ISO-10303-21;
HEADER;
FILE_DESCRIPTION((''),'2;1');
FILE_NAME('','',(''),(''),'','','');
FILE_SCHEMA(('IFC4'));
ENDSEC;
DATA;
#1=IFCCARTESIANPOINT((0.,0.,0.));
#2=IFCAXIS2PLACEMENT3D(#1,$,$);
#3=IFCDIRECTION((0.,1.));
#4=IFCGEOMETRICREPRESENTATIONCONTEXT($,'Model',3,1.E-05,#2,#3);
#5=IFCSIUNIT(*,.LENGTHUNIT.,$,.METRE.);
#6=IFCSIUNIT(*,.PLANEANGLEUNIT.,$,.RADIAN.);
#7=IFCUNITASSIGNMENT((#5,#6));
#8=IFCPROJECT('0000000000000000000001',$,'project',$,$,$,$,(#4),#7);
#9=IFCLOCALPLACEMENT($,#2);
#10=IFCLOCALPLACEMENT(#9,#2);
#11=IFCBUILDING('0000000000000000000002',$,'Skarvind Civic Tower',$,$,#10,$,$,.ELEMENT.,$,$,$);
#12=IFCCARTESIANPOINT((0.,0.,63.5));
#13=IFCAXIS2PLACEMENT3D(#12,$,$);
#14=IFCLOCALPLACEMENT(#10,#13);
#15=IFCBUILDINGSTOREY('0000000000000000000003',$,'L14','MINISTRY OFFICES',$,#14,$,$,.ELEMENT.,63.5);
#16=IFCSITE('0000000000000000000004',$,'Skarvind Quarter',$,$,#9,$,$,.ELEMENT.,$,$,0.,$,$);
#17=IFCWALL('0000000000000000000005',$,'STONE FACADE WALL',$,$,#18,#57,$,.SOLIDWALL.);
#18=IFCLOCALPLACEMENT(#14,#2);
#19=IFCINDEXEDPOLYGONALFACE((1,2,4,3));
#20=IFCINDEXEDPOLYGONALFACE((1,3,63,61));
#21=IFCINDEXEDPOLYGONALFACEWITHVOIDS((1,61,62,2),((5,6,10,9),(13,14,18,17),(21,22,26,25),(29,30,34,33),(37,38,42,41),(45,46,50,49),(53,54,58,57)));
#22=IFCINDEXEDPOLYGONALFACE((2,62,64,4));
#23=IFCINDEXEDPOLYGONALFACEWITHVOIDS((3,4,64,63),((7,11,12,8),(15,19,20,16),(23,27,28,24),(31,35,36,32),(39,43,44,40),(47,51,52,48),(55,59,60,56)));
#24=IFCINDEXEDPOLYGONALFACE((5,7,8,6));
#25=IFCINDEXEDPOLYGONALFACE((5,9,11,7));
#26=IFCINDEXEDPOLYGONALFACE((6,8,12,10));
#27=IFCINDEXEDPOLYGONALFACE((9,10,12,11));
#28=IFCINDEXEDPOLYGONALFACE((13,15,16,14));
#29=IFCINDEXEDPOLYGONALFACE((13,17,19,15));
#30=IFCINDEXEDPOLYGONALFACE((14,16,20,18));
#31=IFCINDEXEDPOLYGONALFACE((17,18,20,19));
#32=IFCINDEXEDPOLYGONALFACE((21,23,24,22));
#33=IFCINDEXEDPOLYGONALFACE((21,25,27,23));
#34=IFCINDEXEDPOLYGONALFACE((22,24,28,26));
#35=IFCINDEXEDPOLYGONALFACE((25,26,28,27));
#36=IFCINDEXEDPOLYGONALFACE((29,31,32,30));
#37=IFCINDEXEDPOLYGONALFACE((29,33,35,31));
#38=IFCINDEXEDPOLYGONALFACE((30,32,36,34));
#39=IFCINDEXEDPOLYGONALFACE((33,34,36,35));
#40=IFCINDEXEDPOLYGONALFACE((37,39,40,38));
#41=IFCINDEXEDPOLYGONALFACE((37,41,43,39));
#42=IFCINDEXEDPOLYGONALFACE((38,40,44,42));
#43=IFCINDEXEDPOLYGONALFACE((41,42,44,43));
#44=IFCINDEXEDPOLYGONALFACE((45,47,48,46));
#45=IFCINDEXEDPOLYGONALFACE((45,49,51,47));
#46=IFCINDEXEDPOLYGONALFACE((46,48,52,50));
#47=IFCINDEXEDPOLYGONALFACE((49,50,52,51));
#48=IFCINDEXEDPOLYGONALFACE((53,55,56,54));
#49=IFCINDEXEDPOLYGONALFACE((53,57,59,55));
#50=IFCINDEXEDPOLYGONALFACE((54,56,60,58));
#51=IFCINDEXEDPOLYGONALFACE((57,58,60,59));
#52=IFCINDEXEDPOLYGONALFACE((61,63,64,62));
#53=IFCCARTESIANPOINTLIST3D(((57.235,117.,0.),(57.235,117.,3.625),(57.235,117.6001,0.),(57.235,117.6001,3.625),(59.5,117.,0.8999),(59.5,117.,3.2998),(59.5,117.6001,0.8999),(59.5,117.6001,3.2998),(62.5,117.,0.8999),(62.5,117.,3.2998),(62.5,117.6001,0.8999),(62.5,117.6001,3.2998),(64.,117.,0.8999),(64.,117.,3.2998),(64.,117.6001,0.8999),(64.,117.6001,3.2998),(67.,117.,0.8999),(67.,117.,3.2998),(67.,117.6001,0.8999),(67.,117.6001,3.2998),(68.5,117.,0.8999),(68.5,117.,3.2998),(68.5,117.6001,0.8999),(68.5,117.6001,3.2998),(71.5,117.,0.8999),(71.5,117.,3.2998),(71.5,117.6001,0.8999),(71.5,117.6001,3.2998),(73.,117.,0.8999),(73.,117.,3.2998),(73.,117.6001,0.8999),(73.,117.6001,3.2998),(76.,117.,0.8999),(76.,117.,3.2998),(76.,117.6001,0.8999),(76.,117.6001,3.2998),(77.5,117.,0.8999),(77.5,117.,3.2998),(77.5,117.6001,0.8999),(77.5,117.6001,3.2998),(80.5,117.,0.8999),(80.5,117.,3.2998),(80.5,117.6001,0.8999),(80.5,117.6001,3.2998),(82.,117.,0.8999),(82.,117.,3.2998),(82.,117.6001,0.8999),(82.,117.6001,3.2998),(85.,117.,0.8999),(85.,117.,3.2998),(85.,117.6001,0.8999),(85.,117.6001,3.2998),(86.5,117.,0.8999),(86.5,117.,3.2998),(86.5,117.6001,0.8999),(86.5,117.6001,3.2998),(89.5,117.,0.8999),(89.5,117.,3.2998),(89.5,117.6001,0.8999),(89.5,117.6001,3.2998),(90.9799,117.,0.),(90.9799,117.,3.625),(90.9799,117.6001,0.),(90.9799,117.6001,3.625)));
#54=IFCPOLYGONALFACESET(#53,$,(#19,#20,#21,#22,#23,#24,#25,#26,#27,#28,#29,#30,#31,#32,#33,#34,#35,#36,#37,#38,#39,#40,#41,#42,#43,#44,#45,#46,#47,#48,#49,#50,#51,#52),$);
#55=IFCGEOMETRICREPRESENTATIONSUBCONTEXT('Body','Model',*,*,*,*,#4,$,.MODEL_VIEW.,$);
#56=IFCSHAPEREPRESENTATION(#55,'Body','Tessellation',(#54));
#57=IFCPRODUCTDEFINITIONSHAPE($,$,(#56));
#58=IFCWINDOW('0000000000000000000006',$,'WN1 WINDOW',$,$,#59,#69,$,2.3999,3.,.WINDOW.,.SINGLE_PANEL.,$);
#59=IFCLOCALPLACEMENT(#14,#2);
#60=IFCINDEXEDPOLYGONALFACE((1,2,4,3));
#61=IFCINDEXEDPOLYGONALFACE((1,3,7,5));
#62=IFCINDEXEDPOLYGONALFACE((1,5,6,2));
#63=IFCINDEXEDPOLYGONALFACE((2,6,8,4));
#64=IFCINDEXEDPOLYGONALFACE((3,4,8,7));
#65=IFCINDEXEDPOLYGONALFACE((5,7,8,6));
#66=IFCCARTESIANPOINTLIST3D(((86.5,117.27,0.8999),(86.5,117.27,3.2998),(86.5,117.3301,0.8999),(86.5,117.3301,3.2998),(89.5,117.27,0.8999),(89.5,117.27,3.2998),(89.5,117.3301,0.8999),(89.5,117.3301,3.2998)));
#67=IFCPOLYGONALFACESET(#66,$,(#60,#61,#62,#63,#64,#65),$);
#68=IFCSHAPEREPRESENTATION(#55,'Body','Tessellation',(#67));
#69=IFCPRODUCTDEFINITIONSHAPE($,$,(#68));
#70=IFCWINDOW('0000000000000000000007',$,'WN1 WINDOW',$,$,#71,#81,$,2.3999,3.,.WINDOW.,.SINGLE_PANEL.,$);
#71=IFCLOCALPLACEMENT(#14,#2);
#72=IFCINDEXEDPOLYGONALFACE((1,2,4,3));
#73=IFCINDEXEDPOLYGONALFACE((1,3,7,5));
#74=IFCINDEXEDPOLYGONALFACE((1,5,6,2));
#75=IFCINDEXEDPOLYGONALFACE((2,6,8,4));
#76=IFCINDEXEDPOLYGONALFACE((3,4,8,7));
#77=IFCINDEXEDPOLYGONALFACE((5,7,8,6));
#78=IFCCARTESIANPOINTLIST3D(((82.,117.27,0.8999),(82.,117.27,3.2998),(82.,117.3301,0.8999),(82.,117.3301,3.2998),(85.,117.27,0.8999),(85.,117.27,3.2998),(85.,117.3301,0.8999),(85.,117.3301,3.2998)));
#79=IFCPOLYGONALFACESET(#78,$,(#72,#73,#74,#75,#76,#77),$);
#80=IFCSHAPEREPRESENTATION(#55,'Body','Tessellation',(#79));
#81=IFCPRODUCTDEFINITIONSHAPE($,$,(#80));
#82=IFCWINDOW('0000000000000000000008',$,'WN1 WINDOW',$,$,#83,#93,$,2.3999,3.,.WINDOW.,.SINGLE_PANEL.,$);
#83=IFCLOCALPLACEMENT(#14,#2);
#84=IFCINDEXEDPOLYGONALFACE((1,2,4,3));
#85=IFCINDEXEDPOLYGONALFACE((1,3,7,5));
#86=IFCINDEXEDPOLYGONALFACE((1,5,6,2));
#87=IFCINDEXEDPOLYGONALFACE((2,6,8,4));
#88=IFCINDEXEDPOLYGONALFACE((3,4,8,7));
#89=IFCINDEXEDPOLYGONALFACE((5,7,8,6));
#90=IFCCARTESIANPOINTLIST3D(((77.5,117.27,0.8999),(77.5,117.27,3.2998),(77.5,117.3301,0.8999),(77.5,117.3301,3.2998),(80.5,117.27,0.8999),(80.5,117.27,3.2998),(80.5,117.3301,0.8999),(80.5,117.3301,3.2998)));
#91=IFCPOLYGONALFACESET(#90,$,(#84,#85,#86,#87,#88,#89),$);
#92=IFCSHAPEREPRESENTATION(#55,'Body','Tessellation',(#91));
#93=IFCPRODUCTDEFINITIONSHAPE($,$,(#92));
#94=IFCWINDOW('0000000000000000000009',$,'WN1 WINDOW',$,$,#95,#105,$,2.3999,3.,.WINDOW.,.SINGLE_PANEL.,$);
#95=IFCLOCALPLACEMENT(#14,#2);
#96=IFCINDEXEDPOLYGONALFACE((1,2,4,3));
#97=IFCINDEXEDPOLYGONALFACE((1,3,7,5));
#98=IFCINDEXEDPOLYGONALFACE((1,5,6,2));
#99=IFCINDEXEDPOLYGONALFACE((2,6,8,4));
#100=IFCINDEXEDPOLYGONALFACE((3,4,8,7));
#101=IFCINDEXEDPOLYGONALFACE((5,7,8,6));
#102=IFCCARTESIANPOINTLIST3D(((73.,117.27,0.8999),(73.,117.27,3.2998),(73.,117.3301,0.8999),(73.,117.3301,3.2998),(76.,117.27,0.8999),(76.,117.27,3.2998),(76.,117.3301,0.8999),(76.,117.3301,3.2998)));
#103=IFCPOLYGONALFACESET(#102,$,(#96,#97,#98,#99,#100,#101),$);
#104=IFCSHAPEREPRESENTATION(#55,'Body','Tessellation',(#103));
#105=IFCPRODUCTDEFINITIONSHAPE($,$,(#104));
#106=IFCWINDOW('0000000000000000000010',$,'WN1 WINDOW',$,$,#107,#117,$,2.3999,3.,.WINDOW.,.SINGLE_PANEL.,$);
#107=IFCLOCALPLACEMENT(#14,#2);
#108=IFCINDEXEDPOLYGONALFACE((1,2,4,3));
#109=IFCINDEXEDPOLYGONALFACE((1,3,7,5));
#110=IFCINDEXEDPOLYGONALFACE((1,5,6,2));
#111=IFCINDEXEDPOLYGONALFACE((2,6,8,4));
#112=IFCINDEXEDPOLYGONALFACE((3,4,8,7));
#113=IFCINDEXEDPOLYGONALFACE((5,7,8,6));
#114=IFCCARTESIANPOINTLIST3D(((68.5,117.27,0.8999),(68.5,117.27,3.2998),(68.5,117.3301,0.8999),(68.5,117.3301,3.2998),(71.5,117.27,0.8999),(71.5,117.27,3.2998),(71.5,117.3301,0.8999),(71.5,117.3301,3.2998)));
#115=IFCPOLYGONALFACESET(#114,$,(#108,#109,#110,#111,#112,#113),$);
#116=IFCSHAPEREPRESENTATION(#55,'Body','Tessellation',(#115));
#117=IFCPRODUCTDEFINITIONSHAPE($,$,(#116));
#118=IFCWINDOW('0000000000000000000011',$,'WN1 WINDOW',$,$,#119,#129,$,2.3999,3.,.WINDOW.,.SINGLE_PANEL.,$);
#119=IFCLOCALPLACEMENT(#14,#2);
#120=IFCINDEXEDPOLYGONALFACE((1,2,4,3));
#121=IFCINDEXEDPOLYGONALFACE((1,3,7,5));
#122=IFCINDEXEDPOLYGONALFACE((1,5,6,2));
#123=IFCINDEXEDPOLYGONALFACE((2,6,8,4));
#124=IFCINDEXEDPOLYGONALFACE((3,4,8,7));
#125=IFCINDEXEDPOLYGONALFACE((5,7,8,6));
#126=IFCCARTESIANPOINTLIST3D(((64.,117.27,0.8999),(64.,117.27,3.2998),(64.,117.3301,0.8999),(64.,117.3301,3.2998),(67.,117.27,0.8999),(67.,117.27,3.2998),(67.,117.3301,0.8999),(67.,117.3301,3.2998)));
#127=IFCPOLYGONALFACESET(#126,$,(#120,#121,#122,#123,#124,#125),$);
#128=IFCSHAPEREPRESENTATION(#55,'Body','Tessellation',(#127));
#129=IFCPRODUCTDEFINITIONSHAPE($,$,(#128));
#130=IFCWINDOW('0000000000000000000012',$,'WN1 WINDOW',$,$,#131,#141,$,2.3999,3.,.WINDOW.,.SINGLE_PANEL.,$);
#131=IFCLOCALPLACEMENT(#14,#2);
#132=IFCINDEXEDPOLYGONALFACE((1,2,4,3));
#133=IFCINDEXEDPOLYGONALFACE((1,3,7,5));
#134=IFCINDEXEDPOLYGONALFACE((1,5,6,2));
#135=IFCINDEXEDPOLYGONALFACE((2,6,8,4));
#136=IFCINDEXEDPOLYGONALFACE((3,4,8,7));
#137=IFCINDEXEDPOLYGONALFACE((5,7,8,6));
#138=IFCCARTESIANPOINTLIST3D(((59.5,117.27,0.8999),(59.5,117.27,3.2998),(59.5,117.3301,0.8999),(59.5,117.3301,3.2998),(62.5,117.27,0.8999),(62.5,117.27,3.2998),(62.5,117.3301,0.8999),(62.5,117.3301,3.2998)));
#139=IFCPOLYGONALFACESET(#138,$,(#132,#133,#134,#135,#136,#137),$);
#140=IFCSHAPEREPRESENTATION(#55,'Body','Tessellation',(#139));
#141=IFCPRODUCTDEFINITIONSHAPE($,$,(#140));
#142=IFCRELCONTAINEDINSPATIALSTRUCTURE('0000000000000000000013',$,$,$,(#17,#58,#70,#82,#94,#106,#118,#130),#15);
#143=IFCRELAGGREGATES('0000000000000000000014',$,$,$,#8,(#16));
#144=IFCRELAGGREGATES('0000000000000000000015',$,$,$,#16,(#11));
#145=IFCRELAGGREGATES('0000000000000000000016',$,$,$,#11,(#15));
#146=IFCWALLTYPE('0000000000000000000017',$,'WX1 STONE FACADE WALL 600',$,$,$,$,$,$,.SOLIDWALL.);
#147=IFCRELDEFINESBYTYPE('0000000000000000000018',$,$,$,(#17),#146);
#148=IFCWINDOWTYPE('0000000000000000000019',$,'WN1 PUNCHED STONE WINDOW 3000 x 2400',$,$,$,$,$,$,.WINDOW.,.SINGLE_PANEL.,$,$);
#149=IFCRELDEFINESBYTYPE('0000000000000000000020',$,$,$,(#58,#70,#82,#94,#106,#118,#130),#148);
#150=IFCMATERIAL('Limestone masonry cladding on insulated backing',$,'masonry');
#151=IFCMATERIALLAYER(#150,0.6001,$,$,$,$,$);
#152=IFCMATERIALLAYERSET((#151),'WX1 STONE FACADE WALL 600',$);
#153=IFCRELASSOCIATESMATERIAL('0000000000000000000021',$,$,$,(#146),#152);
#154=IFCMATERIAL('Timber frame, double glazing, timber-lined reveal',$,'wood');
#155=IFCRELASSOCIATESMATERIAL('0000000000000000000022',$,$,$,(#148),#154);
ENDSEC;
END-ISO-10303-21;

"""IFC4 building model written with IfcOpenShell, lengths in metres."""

from ifc_helpers import new_model, si_unit, direction, frame, frame_2d, origin, place, context, subcontext, project, spatial, rectangle, extrude, material, layer, layer_set, type_object, element, fill, save


model = new_model("IFC4")

# Units and contexts
model_context = context("Model", 3, precision=1e-05, world=origin(), true_north=direction((0.0, 1.0)))
body_context = subcontext(model_context, "Body", "Model", "MODEL_VIEW")
ifc_project = project(units=[si_unit("LENGTHUNIT", "METRE"), si_unit("PLANEANGLEUNIT", "RADIAN")], contexts=[model_context])

# Site, building, storey
site_placement = place(None, origin())
site = spatial("IfcSite", under=ifc_project, at=site_placement, Name="Skarvind Quarter", CompositionType="ELEMENT", RefElevation=0.0)
building_placement = place(site_placement, origin())
building = spatial("IfcBuilding", under=site, at=building_placement, Name="Skarvind Civic Tower", CompositionType="ELEMENT")
storey_placement = place(building_placement, frame((0.0, 0.0, 63.5)))
storey = spatial("IfcBuildingStorey", under=building, at=storey_placement, Name="L14", Description="MINISTRY OFFICES", CompositionType="ELEMENT", Elevation=63.5)

# Wall, openings, windows
ifc_material_1 = material(Name="Limestone masonry cladding on insulated backing", Category="masonry")
ifc_layer_1 = layer(ifc_material_1, 0.6001)
ifc_layer_set_1 = layer_set([ifc_layer_1], Name="WX1 STONE FACADE WALL 600")
wall_type_1 = type_object("IfcWallType", Name="WX1 STONE FACADE WALL 600", PredefinedType="SOLIDWALL", material=ifc_layer_set_1)
wall_1_placement = place(storey_placement, frame((90.98, 117.3, 0.0), z_axis=(0.0, 0.0, 1.0), x_axis=(-1.0, 0.0, 0.0)))
wall_1 = element("IfcWall", 1, at=wall_1_placement, inside=storey, type_object=wall_type_1, Name="STONE FACADE WALL", PredefinedType="SOLIDWALL", context=body_context, shape_type="SweptSolid", body=[
    extrude(rectangle(XDim=33.7449, YDim=0.6001, at=frame_2d((16.8726, 0.0))), origin(), (0.0, 0.0, 1.0), 3.625),
])
opening_1_placement = place(wall_1_placement, frame((1.48, 0.0, 0.8999)))
opening_1 = element("IfcOpeningElement", 2, at=opening_1_placement, cuts=wall_1, PredefinedType="OPENING", context=body_context, shape_type="SweptSolid", body=[
    extrude(rectangle(XDim=3.0, YDim=2.3999, at=frame_2d((1.5, 1.2))), frame((0.0, 0.3101, 0.0), z_axis=(0.0, -1.0, 0.0), x_axis=(1.0, 0.0, 0.0)), (0.0, 0.0, 1.0), 0.6201),
])
opening_2_placement = place(wall_1_placement, frame((5.98, 0.0, 0.8999)))
opening_2 = element("IfcOpeningElement", 3, at=opening_2_placement, cuts=wall_1, PredefinedType="OPENING", context=body_context, shape_type="SweptSolid", body=[
    extrude(rectangle(XDim=3.0, YDim=2.3999, at=frame_2d((1.5, 1.2))), frame((0.0, 0.3101, 0.0), z_axis=(0.0, -1.0, 0.0), x_axis=(1.0, 0.0, 0.0)), (0.0, 0.0, 1.0), 0.6201),
])
opening_3_placement = place(wall_1_placement, frame((10.48, 0.0, 0.8999)))
opening_3 = element("IfcOpeningElement", 4, at=opening_3_placement, cuts=wall_1, PredefinedType="OPENING", context=body_context, shape_type="SweptSolid", body=[
    extrude(rectangle(XDim=3.0, YDim=2.3999, at=frame_2d((1.5, 1.2))), frame((0.0, 0.3101, 0.0), z_axis=(0.0, -1.0, 0.0), x_axis=(1.0, 0.0, 0.0)), (0.0, 0.0, 1.0), 0.6201),
])
opening_4_placement = place(wall_1_placement, frame((14.98, 0.0, 0.8999)))
opening_4 = element("IfcOpeningElement", 5, at=opening_4_placement, cuts=wall_1, PredefinedType="OPENING", context=body_context, shape_type="SweptSolid", body=[
    extrude(rectangle(XDim=3.0, YDim=2.3999, at=frame_2d((1.5, 1.2))), frame((0.0, 0.3101, 0.0), z_axis=(0.0, -1.0, 0.0), x_axis=(1.0, 0.0, 0.0)), (0.0, 0.0, 1.0), 0.6201),
])
opening_5_placement = place(wall_1_placement, frame((19.48, 0.0, 0.8999)))
opening_5 = element("IfcOpeningElement", 6, at=opening_5_placement, cuts=wall_1, PredefinedType="OPENING", context=body_context, shape_type="SweptSolid", body=[
    extrude(rectangle(XDim=3.0, YDim=2.3999, at=frame_2d((1.5, 1.2))), frame((0.0, 0.3101, 0.0), z_axis=(0.0, -1.0, 0.0), x_axis=(1.0, 0.0, 0.0)), (0.0, 0.0, 1.0), 0.6201),
])
opening_6_placement = place(wall_1_placement, frame((23.98, 0.0, 0.8999)))
opening_6 = element("IfcOpeningElement", 7, at=opening_6_placement, cuts=wall_1, PredefinedType="OPENING", context=body_context, shape_type="SweptSolid", body=[
    extrude(rectangle(XDim=3.0, YDim=2.3999, at=frame_2d((1.5, 1.2))), frame((0.0, 0.3101, 0.0), z_axis=(0.0, -1.0, 0.0), x_axis=(1.0, 0.0, 0.0)), (0.0, 0.0, 1.0), 0.6201),
])
opening_7_placement = place(wall_1_placement, frame((28.48, 0.0, 0.8999)))
opening_7 = element("IfcOpeningElement", 8, at=opening_7_placement, cuts=wall_1, PredefinedType="OPENING", context=body_context, shape_type="SweptSolid", body=[
    extrude(rectangle(XDim=3.0, YDim=2.3999, at=frame_2d((1.5, 1.2))), frame((0.0, 0.3101, 0.0), z_axis=(0.0, -1.0, 0.0), x_axis=(1.0, 0.0, 0.0)), (0.0, 0.0, 1.0), 0.6201),
])
ifc_material_2 = material(Name="Timber frame, double glazing, timber-lined reveal", Category="wood")
window_type = type_object("IfcWindowType", Name="WN1 PUNCHED STONE WINDOW 3000 x 2400", PartitioningType="SINGLE_PANEL", PredefinedType="WINDOW", material=ifc_material_2)
window_1_placement = place(opening_1_placement, origin())
window_1 = element("IfcWindow", 9, at=window_1_placement, inside=storey, type_object=window_type, Name="WN1 WINDOW", OverallHeight=2.3999, OverallWidth=3.0, PartitioningType="SINGLE_PANEL", PredefinedType="WINDOW", context=body_context, shape_type="SweptSolid", body=[
    extrude(rectangle(XDim=3.0, YDim=2.3999, at=frame_2d((1.5, 1.2))), frame((0.0, 0.03, 0.0), z_axis=(0.0, -1.0, 0.0), x_axis=(1.0, 0.0, 0.0)), (0.0, 0.0, 1.0), 0.0601),
])
fill(opening_1, window_1)
window_2_placement = place(opening_2_placement, origin())
window_2 = element("IfcWindow", 10, at=window_2_placement, inside=storey, type_object=window_type, Name="WN1 WINDOW", OverallHeight=2.3999, OverallWidth=3.0, PartitioningType="SINGLE_PANEL", PredefinedType="WINDOW", context=body_context, shape_type="SweptSolid", body=[
    extrude(rectangle(XDim=3.0, YDim=2.3999, at=frame_2d((1.5, 1.2))), frame((0.0, 0.03, 0.0), z_axis=(0.0, -1.0, 0.0), x_axis=(1.0, 0.0, 0.0)), (0.0, 0.0, 1.0), 0.0601),
])
fill(opening_2, window_2)
window_3_placement = place(opening_3_placement, origin())
window_3 = element("IfcWindow", 11, at=window_3_placement, inside=storey, type_object=window_type, Name="WN1 WINDOW", OverallHeight=2.3999, OverallWidth=3.0, PartitioningType="SINGLE_PANEL", PredefinedType="WINDOW", context=body_context, shape_type="SweptSolid", body=[
    extrude(rectangle(XDim=3.0, YDim=2.3999, at=frame_2d((1.5, 1.2))), frame((0.0, 0.03, 0.0), z_axis=(0.0, -1.0, 0.0), x_axis=(1.0, 0.0, 0.0)), (0.0, 0.0, 1.0), 0.0601),
])
fill(opening_3, window_3)
window_4_placement = place(opening_4_placement, origin())
window_4 = element("IfcWindow", 12, at=window_4_placement, inside=storey, type_object=window_type, Name="WN1 WINDOW", OverallHeight=2.3999, OverallWidth=3.0, PartitioningType="SINGLE_PANEL", PredefinedType="WINDOW", context=body_context, shape_type="SweptSolid", body=[
    extrude(rectangle(XDim=3.0, YDim=2.3999, at=frame_2d((1.5, 1.2))), frame((0.0, 0.03, 0.0), z_axis=(0.0, -1.0, 0.0), x_axis=(1.0, 0.0, 0.0)), (0.0, 0.0, 1.0), 0.0601),
])
fill(opening_4, window_4)
window_5_placement = place(opening_5_placement, origin())
window_5 = element("IfcWindow", 13, at=window_5_placement, inside=storey, type_object=window_type, Name="WN1 WINDOW", OverallHeight=2.3999, OverallWidth=3.0, PartitioningType="SINGLE_PANEL", PredefinedType="WINDOW", context=body_context, shape_type="SweptSolid", body=[
    extrude(rectangle(XDim=3.0, YDim=2.3999, at=frame_2d((1.5, 1.2))), frame((0.0, 0.03, 0.0), z_axis=(0.0, -1.0, 0.0), x_axis=(1.0, 0.0, 0.0)), (0.0, 0.0, 1.0), 0.0601),
])
fill(opening_5, window_5)
window_6_placement = place(opening_6_placement, origin())
window_6 = element("IfcWindow", 14, at=window_6_placement, inside=storey, type_object=window_type, Name="WN1 WINDOW", OverallHeight=2.3999, OverallWidth=3.0, PartitioningType="SINGLE_PANEL", PredefinedType="WINDOW", context=body_context, shape_type="SweptSolid", body=[
    extrude(rectangle(XDim=3.0, YDim=2.3999, at=frame_2d((1.5, 1.2))), frame((0.0, 0.03, 0.0), z_axis=(0.0, -1.0, 0.0), x_axis=(1.0, 0.0, 0.0)), (0.0, 0.0, 1.0), 0.0601),
])
fill(opening_6, window_6)
window_7_placement = place(opening_7_placement, origin())
window_7 = element("IfcWindow", 15, at=window_7_placement, inside=storey, type_object=window_type, Name="WN1 WINDOW", OverallHeight=2.3999, OverallWidth=3.0, PartitioningType="SINGLE_PANEL", PredefinedType="WINDOW", context=body_context, shape_type="SweptSolid", body=[
    extrude(rectangle(XDim=3.0, YDim=2.3999, at=frame_2d((1.5, 1.2))), frame((0.0, 0.03, 0.0), z_axis=(0.0, -1.0, 0.0), x_axis=(1.0, 0.0, 0.0)), (0.0, 0.0, 1.0), 0.0601),
])
fill(opening_7, window_7)

save(model, "model.ifc")
